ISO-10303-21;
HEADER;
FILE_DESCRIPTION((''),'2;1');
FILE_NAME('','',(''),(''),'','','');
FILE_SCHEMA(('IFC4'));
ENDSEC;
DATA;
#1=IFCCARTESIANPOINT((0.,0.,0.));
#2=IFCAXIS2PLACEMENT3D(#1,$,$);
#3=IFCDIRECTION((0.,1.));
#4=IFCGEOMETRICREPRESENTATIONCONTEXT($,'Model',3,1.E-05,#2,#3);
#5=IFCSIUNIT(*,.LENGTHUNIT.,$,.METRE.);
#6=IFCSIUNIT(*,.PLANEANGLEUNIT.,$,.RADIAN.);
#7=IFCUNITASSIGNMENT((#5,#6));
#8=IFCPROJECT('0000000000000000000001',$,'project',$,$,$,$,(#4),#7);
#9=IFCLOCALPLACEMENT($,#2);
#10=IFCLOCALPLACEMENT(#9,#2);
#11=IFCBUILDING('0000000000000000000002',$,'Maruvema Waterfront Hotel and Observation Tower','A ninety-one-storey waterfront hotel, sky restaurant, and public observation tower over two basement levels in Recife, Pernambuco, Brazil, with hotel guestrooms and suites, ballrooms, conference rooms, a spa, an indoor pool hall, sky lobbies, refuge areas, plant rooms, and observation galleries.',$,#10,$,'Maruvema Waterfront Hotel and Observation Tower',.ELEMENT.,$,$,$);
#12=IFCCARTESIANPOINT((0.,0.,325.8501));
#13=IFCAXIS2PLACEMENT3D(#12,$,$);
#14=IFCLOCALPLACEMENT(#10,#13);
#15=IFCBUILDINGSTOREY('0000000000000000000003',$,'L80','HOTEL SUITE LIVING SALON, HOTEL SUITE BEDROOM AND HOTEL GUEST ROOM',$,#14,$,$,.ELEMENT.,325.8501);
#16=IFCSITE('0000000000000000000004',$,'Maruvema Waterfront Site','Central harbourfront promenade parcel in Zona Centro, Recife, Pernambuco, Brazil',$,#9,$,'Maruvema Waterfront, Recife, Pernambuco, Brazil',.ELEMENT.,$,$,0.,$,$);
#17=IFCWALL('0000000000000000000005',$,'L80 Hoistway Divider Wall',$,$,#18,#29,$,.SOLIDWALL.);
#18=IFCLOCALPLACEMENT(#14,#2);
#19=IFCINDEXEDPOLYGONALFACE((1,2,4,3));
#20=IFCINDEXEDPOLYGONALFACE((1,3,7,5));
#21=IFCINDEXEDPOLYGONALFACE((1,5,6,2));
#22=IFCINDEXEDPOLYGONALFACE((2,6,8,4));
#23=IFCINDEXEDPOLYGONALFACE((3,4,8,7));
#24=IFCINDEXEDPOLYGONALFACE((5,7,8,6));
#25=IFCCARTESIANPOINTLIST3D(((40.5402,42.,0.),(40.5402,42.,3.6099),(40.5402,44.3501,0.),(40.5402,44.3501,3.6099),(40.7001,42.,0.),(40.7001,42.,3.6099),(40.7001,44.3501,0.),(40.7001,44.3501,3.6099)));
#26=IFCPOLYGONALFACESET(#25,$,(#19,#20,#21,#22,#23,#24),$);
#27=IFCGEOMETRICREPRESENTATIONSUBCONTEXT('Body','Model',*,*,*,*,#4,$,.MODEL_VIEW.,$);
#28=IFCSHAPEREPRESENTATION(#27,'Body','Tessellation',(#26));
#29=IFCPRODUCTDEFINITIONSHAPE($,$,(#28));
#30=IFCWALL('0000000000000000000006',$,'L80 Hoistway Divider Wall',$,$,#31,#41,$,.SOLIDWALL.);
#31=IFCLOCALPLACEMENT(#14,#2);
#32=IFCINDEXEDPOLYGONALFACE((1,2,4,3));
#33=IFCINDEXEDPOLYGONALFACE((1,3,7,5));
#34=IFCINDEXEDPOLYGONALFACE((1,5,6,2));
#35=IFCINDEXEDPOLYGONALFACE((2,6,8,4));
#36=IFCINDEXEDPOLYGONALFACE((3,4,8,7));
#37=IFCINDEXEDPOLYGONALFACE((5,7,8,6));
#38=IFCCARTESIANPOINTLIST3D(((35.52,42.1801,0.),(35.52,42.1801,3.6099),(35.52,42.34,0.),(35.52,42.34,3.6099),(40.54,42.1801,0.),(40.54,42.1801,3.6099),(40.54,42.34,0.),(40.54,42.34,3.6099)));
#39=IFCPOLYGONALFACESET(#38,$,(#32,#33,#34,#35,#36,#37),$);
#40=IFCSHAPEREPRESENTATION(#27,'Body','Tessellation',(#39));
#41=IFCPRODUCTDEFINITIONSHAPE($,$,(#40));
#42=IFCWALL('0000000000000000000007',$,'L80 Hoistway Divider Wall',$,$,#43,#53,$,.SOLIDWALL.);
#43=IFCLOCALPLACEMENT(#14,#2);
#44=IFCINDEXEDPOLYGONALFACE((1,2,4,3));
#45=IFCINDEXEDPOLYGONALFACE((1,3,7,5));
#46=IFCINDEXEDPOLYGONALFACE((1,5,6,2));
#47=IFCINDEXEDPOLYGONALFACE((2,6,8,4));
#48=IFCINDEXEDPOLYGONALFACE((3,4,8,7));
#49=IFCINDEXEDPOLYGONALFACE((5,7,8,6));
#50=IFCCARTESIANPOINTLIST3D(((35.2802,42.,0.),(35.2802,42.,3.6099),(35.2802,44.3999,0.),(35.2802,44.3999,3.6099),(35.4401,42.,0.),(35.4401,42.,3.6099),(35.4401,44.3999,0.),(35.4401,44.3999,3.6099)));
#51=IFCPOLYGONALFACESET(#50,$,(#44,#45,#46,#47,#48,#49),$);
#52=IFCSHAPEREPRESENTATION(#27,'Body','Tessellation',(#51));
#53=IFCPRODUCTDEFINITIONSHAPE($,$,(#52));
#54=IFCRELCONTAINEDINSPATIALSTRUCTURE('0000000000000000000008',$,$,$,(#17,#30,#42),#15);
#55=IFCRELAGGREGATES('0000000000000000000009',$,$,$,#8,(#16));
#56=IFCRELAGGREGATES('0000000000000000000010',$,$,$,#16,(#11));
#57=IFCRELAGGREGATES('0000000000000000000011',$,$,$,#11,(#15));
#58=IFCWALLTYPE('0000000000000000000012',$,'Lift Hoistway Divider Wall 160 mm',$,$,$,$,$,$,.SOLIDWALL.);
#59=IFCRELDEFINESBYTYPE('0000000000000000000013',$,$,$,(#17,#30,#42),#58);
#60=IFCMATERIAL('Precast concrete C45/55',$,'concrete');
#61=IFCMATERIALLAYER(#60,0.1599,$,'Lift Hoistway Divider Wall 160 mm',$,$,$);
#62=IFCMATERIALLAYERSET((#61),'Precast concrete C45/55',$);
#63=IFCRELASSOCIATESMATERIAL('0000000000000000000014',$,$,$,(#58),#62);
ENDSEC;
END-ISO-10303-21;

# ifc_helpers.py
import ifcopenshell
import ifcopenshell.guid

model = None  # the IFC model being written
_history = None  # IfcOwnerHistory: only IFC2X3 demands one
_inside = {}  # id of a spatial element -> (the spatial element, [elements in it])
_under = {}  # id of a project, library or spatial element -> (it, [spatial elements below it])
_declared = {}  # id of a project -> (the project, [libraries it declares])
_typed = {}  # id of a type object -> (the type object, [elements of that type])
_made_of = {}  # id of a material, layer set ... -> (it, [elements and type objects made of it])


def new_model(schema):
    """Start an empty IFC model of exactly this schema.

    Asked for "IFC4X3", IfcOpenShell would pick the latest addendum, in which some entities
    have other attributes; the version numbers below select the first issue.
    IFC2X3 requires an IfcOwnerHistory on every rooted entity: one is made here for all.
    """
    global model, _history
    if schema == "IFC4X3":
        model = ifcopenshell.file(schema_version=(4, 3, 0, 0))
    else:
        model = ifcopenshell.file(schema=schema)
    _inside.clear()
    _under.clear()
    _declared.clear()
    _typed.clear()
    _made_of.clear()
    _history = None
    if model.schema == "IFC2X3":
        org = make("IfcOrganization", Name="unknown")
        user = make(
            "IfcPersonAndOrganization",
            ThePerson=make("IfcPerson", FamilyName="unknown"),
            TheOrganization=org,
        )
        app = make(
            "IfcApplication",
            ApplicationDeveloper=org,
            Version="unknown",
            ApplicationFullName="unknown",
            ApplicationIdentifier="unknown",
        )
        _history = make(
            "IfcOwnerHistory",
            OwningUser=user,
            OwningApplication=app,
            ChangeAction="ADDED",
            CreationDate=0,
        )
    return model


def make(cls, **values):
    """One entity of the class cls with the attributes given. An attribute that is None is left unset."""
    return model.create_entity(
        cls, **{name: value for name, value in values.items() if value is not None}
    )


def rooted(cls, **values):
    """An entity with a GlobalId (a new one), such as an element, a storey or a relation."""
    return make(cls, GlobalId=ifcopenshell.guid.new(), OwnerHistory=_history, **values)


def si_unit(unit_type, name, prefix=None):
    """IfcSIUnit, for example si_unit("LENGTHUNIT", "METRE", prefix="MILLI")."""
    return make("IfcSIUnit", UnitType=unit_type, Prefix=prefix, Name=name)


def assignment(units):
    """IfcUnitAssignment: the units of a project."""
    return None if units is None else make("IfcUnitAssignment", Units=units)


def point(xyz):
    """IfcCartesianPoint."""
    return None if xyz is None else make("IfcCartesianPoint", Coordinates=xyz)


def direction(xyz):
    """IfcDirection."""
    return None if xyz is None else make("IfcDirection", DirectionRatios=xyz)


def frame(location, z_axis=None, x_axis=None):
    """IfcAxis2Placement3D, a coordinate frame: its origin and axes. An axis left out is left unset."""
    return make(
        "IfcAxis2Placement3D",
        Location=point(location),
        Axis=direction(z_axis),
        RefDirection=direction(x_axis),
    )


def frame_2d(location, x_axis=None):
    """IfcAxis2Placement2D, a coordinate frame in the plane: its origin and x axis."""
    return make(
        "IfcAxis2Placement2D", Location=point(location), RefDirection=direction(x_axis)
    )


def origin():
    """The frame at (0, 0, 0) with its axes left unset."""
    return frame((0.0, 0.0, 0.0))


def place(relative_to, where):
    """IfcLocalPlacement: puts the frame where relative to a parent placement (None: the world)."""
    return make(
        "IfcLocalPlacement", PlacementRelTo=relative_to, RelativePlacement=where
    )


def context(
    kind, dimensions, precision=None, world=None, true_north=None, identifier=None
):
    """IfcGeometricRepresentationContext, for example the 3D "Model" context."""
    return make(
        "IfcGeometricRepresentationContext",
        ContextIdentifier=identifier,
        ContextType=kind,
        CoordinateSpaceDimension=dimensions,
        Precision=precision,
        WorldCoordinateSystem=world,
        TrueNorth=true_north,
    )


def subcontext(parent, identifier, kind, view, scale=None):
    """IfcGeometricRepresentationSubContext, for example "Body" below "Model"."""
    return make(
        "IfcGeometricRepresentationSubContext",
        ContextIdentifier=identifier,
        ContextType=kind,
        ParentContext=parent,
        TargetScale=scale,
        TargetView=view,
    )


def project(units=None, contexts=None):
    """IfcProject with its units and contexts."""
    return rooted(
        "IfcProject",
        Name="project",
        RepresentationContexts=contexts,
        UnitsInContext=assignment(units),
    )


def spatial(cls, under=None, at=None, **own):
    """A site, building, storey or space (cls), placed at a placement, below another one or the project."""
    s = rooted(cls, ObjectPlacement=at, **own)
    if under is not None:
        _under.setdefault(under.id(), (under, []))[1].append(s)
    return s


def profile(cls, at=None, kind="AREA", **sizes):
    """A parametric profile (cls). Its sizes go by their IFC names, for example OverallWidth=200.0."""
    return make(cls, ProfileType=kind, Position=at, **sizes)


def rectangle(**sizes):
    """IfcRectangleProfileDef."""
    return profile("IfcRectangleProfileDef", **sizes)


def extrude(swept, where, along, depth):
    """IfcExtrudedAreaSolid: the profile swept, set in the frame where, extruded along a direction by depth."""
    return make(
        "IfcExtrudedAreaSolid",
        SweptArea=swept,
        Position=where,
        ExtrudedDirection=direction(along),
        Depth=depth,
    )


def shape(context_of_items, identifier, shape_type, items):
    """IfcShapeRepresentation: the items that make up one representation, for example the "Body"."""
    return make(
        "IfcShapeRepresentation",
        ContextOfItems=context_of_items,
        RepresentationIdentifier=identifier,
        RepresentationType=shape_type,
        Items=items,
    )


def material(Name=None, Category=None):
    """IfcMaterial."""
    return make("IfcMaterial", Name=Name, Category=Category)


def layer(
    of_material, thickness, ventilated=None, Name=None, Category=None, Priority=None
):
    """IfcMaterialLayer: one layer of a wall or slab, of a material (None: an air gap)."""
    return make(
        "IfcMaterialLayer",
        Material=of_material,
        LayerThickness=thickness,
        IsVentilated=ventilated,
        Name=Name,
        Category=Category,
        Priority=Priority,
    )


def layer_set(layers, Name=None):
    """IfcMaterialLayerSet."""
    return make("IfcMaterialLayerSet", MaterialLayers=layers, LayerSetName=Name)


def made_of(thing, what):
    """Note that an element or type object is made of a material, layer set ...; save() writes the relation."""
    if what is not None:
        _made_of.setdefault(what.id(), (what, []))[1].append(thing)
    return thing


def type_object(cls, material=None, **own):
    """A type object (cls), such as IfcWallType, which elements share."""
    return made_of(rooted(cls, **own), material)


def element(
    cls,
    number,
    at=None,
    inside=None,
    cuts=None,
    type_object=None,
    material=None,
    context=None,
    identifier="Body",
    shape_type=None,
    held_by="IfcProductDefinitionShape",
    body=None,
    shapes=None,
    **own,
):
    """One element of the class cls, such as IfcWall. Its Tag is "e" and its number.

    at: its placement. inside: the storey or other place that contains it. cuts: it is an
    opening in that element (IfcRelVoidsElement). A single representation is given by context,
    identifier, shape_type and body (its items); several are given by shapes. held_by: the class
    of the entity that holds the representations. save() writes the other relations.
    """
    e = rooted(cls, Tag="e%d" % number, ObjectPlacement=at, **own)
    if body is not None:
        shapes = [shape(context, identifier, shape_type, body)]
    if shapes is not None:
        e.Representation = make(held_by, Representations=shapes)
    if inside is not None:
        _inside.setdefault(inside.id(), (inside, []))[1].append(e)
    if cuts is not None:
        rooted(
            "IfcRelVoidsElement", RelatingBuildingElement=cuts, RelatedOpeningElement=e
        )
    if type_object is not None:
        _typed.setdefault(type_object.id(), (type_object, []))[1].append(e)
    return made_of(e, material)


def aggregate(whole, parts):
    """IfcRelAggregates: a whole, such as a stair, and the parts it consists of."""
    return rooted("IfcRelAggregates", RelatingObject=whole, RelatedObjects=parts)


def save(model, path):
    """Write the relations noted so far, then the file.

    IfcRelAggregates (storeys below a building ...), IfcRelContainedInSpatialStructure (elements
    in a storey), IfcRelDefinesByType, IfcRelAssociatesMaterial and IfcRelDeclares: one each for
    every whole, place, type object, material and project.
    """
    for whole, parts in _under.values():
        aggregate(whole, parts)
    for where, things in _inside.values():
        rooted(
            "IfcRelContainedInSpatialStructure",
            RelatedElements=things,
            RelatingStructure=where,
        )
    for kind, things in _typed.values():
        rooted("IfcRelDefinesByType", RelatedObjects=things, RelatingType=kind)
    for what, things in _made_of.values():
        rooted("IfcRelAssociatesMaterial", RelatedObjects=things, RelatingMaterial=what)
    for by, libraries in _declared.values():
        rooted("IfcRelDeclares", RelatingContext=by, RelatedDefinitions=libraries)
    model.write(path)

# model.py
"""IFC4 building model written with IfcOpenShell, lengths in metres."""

from ifc_helpers import new_model, si_unit, direction, frame, frame_2d, origin, place, context, subcontext, project, spatial, rectangle, extrude, material, layer, layer_set, type_object, element, save


model = new_model("IFC4")

# Units and contexts
model_context = context("Model", 3, precision=1e-05, world=origin(), true_north=direction((0.0, 1.0)))
body_context = subcontext(model_context, "Body", "Model", "MODEL_VIEW")
ifc_project = project(units=[si_unit("LENGTHUNIT", "METRE"), si_unit("PLANEANGLEUNIT", "RADIAN")], contexts=[model_context])

# Site, building, storey
site_placement = place(None, origin())
site = spatial("IfcSite", under=ifc_project, at=site_placement, Name="Maruvema Waterfront Site", Description="Central harbourfront promenade parcel in Zona Centro, Recife, Pernambuco, Brazil", LongName="Maruvema Waterfront, Recife, Pernambuco, Brazil", CompositionType="ELEMENT", RefElevation=0.0)
building_placement = place(site_placement, origin())
building = spatial("IfcBuilding", under=site, at=building_placement, Name="Maruvema Waterfront Hotel and Observation Tower", Description="A ninety-one-storey waterfront hotel, sky restaurant, and public observation tower over two basement levels in Recife, Pernambuco, Brazil, with hotel guestrooms and suites, ballrooms, conference rooms, a spa, an indoor pool hall, sky lobbies, refuge areas, plant rooms, and observation galleries.", LongName="Maruvema Waterfront Hotel and Observation Tower", CompositionType="ELEMENT")
storey_placement = place(building_placement, frame((0.0, 0.0, 325.8501)))
storey = spatial("IfcBuildingStorey", under=building, at=storey_placement, Name="L80", Description="HOTEL SUITE LIVING SALON, HOTEL SUITE BEDROOM AND HOTEL GUEST ROOM", CompositionType="ELEMENT", Elevation=325.8501)

# Walls
ifc_material_1 = material(Name="Precast concrete C45/55", Category="concrete")
ifc_layer_1 = layer(ifc_material_1, 0.1599, Name="Lift Hoistway Divider Wall 160 mm")
ifc_layer_set_1 = layer_set([ifc_layer_1], Name="Precast concrete C45/55")
wall_type_1 = type_object("IfcWallType", Name="Lift Hoistway Divider Wall 160 mm", PredefinedType="SOLIDWALL", material=ifc_layer_set_1)
for number, where, z_axis, x_axis, name in (
    (1, (40.6201, 42.0, 0.0), (0.0, 0.0, 1.0), (0.0, 1.0, 0.0), "L80 Hoistway Divider Wall"),
):
    element("IfcWall", number, at=place(storey_placement, frame(where, z_axis=z_axis, x_axis=x_axis)), inside=storey, type_object=wall_type_1, Name=name, PredefinedType="SOLIDWALL", context=body_context, shape_type="SweptSolid", body=[
        extrude(rectangle(XDim=2.3501, YDim=0.1599, at=frame_2d((1.175, 0.0))), origin(), (0.0, 0.0, 1.0), 3.6099),
    ])
wall_1_placement = place(storey_placement, frame((35.52, 42.26, 0.0), z_axis=(0.0, 0.0, 1.0), x_axis=(1.0, 0.0, 0.0)))
element("IfcWall", 2, at=wall_1_placement, inside=storey, type_object=wall_type_1, Name="L80 Hoistway Divider Wall", PredefinedType="SOLIDWALL", context=body_context, shape_type="SweptSolid", body=[
    extrude(rectangle(XDim=5.02, YDim=0.1599, at=frame_2d((2.51, 0.0))), origin(), (0.0, 0.0, 1.0), 3.6099),
])
wall_2_placement = place(storey_placement, frame((35.3601, 42.0, 0.0), z_axis=(0.0, 0.0, 1.0), x_axis=(0.0, 1.0, 0.0)))
element("IfcWall", 3, at=wall_2_placement, inside=storey, type_object=wall_type_1, Name="L80 Hoistway Divider Wall", PredefinedType="SOLIDWALL", context=body_context, shape_type="SweptSolid", body=[
    extrude(rectangle(XDim=2.3999, YDim=0.1599, at=frame_2d((1.2, 0.0))), origin(), (0.0, 0.0, 1.0), 3.6099),
])

save(model, "model.ifc")
